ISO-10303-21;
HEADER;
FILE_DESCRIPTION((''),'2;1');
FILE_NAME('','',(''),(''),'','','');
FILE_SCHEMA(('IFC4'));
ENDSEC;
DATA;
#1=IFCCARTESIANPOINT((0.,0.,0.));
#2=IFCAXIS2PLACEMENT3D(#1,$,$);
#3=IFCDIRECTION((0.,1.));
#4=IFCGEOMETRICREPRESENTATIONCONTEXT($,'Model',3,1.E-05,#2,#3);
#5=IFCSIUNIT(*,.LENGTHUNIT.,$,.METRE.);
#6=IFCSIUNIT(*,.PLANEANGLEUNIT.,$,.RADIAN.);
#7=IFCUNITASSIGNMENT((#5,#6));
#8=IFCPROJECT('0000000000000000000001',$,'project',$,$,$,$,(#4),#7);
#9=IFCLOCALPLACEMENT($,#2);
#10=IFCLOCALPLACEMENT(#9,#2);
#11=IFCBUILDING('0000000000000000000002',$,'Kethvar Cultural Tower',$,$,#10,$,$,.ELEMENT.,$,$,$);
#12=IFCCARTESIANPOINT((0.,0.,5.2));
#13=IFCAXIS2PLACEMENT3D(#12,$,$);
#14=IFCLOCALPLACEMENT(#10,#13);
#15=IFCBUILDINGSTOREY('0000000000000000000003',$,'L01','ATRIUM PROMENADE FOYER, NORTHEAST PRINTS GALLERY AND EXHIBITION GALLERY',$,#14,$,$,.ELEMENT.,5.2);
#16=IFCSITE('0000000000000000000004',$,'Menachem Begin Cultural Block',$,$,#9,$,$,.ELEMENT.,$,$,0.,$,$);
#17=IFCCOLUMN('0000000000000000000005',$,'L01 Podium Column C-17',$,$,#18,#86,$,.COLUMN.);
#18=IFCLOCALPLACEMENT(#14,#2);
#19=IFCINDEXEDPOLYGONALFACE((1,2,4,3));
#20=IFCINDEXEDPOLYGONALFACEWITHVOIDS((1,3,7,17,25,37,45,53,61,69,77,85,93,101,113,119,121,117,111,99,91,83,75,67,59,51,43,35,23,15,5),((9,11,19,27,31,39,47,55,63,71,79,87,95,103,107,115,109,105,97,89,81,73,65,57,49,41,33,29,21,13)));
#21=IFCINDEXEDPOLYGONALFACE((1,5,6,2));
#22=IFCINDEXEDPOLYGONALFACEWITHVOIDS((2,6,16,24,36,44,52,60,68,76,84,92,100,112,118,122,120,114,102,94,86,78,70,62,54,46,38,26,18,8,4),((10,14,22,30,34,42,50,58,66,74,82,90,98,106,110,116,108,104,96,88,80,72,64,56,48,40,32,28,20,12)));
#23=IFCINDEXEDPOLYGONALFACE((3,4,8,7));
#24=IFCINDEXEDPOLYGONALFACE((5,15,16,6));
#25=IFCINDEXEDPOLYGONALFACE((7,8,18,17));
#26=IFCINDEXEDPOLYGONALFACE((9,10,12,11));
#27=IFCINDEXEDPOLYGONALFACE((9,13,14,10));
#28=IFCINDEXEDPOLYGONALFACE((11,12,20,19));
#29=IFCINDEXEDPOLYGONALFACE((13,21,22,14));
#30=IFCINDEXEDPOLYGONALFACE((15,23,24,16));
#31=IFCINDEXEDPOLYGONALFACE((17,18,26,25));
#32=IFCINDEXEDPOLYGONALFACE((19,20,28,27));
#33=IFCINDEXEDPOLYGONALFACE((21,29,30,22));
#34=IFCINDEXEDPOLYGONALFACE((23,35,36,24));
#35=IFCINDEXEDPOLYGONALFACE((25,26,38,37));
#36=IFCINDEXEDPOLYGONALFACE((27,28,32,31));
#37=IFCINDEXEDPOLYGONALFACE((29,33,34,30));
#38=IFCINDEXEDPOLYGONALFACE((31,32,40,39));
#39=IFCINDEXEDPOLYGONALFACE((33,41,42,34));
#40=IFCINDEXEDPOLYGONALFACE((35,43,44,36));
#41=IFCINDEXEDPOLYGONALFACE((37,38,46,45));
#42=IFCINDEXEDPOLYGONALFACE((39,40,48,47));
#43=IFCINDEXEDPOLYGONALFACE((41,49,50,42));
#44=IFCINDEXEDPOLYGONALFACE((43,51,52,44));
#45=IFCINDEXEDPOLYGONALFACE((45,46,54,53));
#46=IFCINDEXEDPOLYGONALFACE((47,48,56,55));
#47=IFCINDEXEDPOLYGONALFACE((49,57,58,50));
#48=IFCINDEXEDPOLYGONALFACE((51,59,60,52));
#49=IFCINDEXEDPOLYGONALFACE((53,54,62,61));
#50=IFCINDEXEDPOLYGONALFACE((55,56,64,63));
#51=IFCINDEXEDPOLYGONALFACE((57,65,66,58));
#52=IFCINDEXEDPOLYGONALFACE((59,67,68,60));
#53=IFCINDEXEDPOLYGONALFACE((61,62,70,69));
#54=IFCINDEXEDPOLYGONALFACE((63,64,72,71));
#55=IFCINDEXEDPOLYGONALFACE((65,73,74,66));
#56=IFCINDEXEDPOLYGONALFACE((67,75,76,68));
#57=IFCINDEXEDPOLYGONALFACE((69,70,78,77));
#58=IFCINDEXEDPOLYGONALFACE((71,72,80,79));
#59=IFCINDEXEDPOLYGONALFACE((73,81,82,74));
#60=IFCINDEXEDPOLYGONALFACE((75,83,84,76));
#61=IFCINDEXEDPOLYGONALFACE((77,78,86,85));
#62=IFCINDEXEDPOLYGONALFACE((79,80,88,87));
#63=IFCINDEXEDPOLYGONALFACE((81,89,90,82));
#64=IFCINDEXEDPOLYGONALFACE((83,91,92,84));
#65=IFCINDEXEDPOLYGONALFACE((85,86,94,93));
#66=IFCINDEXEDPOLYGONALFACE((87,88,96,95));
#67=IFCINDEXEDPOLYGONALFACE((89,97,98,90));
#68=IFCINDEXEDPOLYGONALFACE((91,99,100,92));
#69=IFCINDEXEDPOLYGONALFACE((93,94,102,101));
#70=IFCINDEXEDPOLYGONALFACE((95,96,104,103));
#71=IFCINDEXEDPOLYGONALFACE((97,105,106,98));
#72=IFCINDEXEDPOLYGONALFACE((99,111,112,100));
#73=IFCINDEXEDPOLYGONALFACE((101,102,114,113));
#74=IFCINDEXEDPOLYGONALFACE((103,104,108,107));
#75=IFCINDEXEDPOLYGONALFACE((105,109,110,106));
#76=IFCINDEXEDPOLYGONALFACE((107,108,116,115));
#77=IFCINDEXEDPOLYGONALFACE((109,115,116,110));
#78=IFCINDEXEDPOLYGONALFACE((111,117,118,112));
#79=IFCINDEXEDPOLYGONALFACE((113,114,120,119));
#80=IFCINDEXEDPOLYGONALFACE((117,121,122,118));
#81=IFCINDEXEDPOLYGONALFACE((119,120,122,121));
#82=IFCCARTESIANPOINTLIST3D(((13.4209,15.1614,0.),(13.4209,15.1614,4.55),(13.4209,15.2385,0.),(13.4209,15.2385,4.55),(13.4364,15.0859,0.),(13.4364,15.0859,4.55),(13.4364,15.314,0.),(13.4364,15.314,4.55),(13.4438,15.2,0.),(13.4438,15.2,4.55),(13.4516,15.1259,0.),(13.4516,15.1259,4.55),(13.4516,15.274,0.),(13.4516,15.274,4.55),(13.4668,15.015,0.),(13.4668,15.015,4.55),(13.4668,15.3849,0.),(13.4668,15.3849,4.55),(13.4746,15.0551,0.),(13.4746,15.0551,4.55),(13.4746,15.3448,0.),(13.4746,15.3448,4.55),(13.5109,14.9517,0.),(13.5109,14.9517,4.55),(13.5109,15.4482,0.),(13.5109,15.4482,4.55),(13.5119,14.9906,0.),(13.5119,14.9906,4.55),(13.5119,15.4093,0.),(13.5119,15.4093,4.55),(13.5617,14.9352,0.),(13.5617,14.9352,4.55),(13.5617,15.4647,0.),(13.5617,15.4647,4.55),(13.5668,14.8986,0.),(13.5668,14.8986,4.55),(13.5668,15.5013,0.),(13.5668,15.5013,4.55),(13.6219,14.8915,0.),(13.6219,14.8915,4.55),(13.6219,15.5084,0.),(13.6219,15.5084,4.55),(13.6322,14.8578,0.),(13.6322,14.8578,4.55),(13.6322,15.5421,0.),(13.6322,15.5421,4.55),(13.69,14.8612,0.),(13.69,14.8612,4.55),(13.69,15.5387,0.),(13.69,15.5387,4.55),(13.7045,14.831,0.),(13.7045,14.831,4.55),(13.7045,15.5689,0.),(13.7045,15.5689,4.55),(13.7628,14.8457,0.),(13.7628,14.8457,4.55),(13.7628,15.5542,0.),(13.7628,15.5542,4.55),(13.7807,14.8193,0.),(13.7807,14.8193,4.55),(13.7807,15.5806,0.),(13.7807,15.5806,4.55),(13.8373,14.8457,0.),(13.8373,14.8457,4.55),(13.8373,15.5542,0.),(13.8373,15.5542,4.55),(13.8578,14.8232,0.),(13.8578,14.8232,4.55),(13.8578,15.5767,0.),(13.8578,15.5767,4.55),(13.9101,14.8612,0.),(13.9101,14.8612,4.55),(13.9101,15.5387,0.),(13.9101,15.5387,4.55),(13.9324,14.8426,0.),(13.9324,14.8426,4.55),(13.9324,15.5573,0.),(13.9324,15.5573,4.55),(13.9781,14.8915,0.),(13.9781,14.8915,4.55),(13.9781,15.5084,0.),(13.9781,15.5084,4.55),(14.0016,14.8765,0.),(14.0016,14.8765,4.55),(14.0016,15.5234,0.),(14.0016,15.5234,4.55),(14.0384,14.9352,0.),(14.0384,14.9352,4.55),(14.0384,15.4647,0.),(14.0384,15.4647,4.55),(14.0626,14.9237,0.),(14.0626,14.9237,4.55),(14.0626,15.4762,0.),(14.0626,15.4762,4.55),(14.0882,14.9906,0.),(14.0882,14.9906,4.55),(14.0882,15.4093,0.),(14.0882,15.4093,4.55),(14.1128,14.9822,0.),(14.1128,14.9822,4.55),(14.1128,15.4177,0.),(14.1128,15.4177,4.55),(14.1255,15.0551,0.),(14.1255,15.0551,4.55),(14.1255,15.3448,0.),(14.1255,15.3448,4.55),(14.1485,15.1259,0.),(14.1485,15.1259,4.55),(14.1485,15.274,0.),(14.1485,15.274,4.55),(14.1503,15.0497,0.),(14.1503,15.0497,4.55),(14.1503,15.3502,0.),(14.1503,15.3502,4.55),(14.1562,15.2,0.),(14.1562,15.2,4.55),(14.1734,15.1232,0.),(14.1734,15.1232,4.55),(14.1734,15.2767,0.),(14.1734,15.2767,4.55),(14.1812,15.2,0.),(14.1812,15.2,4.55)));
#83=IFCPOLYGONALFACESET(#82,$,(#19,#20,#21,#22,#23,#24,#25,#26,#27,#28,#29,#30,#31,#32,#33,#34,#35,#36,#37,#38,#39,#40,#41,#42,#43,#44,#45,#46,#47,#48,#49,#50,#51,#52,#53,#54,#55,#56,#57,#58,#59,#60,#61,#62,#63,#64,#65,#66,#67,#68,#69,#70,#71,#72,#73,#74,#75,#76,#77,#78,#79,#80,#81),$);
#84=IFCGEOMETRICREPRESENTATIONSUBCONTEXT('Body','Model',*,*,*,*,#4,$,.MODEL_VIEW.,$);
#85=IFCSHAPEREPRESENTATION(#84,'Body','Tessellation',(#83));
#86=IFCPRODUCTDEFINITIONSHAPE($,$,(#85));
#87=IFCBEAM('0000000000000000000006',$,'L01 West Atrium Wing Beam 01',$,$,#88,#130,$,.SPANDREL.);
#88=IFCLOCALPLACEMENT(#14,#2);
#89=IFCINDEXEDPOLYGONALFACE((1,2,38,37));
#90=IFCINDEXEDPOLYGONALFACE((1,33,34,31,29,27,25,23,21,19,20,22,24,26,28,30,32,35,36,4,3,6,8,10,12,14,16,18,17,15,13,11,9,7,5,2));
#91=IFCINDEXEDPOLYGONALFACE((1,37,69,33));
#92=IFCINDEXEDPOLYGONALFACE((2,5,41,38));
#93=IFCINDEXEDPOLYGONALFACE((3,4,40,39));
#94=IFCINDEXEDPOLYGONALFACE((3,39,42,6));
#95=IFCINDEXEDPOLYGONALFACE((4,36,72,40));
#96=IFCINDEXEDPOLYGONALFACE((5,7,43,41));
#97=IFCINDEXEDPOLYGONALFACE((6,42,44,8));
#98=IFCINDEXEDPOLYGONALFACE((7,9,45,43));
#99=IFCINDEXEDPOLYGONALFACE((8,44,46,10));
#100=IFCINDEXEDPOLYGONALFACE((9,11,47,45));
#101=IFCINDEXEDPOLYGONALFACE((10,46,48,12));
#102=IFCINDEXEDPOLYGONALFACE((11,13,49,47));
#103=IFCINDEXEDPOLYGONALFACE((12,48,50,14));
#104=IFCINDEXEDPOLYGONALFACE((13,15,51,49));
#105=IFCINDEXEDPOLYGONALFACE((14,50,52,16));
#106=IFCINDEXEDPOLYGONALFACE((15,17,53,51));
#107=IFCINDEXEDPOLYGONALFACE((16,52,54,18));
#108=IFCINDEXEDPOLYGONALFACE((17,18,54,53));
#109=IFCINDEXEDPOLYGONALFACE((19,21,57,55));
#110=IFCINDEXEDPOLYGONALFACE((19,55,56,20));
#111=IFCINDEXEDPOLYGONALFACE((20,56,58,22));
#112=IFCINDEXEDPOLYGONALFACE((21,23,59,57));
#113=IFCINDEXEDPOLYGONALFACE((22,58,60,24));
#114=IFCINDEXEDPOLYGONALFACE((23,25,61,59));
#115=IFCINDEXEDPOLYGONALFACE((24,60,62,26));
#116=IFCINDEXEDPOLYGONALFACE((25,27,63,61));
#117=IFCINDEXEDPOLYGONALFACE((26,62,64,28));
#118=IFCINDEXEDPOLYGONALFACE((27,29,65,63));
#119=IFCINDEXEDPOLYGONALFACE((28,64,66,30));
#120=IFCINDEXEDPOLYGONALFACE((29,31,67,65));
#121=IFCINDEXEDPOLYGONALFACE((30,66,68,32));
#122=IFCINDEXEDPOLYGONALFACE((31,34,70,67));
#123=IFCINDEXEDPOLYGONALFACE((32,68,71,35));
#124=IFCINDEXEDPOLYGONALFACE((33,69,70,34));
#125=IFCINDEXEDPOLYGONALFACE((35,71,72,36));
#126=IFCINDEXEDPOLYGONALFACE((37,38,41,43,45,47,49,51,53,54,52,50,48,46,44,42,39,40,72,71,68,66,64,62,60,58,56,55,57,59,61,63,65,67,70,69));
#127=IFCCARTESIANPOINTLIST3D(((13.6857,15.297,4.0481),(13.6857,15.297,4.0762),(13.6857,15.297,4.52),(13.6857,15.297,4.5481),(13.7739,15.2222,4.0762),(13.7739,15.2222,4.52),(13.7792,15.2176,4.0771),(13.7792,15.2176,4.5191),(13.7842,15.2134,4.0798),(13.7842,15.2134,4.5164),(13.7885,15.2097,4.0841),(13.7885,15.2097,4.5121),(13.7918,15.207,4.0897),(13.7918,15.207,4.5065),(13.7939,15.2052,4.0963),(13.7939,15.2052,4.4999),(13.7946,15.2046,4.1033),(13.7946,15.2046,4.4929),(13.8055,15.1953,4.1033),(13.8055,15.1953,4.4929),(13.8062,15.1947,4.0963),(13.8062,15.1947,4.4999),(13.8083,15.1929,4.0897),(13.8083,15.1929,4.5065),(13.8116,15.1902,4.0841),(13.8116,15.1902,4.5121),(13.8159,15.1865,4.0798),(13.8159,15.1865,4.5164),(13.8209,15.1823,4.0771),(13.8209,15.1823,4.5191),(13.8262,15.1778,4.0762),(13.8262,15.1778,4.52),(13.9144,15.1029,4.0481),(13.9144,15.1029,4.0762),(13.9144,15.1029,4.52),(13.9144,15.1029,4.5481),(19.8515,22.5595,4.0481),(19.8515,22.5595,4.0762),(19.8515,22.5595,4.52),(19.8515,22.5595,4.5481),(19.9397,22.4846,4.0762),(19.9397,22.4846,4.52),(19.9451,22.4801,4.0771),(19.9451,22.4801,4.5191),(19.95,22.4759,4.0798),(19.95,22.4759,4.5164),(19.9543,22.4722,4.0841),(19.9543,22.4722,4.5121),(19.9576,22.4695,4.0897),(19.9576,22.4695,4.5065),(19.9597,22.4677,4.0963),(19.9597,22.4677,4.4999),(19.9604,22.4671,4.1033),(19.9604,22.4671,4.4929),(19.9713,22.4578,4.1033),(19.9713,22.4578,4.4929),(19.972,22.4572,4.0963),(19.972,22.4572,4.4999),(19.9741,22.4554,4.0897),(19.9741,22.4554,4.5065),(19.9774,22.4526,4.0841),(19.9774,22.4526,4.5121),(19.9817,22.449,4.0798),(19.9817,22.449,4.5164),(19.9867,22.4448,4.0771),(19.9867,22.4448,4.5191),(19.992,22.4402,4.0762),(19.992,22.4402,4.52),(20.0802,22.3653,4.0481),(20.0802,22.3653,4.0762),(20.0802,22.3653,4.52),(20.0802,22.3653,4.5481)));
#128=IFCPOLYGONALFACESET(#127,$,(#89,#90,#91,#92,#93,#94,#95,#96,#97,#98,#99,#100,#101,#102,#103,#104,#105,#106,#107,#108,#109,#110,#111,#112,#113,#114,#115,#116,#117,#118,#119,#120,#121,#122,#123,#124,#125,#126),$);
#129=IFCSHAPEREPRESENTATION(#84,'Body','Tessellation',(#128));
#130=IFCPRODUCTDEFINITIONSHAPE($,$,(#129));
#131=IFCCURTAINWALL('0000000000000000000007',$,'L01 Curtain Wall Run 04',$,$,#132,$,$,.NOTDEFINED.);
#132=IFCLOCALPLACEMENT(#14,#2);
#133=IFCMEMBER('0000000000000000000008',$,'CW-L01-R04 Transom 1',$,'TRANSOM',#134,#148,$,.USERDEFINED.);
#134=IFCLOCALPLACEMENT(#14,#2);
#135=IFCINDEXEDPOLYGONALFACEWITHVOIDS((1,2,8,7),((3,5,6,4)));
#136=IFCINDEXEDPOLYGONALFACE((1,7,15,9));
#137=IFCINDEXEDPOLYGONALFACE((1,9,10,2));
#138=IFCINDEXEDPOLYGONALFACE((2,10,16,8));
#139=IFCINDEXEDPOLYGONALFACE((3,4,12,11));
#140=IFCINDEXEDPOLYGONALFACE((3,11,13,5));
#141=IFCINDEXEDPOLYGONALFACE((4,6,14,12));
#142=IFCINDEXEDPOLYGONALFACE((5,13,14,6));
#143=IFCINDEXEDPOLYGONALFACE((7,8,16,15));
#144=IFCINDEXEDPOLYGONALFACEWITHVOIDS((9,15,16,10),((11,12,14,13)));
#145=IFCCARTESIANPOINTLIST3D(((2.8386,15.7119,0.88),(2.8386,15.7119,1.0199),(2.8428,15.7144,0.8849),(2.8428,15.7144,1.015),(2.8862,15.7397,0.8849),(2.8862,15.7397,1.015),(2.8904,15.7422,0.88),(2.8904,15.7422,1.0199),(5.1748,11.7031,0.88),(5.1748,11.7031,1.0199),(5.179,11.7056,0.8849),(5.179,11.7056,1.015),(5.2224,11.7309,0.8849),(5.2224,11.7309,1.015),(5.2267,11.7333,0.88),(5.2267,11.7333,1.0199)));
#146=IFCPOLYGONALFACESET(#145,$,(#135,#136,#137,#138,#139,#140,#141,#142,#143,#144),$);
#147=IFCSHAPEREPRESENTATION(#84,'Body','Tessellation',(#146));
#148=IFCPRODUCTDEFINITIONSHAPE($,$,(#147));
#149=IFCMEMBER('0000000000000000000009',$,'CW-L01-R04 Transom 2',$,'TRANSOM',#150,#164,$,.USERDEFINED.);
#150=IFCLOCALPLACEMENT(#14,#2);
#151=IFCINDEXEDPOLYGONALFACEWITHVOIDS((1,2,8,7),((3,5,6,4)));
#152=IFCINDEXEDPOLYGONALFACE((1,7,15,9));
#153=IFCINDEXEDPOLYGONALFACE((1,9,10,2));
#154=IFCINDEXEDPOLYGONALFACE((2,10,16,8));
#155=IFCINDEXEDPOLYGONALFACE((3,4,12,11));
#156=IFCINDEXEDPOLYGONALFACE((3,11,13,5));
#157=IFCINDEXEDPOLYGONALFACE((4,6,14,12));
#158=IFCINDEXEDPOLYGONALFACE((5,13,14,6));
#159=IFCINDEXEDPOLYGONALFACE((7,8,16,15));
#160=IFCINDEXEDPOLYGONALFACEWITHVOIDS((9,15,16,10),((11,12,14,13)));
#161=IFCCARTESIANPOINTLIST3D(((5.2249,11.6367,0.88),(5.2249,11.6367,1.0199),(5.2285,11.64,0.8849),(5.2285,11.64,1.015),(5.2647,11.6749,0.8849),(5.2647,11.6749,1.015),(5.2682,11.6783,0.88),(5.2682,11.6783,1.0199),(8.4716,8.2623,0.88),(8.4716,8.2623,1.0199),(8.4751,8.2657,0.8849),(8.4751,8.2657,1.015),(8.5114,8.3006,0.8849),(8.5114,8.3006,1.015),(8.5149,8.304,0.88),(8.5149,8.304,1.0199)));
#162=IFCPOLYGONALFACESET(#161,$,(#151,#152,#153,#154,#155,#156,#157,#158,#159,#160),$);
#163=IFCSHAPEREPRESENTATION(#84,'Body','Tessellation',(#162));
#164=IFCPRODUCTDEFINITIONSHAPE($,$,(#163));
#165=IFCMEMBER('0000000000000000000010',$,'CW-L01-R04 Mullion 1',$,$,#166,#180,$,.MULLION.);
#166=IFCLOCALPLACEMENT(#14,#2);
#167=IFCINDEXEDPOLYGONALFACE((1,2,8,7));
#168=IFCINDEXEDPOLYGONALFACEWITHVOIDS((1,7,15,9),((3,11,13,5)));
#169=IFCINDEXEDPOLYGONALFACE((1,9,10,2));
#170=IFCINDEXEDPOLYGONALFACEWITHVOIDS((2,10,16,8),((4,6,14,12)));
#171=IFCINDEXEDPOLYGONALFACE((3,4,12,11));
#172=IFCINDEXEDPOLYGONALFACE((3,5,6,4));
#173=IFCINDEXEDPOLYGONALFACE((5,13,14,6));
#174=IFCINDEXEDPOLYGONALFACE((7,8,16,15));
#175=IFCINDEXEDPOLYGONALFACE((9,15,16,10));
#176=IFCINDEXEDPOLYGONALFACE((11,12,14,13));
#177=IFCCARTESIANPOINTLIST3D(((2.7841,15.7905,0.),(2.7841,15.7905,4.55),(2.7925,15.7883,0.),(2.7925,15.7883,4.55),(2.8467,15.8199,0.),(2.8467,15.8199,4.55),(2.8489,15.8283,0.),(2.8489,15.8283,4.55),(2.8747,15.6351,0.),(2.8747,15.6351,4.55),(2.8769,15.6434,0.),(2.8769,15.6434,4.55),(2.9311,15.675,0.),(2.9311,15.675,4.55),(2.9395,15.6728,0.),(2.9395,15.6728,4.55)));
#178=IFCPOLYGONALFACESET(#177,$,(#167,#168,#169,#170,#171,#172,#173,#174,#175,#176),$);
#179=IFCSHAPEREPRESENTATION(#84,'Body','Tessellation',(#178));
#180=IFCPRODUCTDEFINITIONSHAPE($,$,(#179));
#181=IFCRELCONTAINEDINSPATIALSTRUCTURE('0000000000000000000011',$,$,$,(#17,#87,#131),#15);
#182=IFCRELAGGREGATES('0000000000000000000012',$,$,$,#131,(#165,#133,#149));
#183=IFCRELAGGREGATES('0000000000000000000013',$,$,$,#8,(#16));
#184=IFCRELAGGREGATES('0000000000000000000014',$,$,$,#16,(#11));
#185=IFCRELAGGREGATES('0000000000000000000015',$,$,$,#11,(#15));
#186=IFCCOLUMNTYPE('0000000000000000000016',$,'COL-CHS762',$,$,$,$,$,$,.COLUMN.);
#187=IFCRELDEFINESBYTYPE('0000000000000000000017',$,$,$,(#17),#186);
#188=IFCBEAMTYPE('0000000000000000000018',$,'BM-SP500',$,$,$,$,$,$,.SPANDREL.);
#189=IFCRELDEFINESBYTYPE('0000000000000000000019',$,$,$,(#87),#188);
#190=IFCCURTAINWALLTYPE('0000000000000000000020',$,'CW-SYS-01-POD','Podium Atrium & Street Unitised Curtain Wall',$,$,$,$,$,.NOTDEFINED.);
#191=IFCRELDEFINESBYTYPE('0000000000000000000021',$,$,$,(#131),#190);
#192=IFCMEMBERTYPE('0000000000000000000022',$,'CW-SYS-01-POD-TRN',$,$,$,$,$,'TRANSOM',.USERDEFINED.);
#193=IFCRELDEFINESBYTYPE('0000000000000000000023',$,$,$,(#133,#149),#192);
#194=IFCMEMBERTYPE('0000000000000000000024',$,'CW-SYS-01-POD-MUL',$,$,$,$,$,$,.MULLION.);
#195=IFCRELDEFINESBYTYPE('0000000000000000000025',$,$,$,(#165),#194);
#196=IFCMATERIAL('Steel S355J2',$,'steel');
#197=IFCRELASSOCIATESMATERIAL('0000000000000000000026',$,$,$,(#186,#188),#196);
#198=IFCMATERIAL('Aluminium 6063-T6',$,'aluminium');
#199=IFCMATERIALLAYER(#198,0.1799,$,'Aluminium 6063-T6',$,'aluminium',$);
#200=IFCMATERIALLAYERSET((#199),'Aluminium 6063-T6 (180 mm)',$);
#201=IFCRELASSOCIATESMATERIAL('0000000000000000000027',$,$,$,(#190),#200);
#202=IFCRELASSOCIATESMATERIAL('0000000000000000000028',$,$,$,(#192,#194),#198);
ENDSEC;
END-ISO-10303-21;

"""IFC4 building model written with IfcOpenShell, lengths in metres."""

from ifc_helpers import new_model, si_unit, direction, frame, origin, origin_2d, place, context, subcontext, project, spatial, hollow_rectangle, hollow_circle, i_section, extrude, source, transform, mapped, material, layer, layer_set, material_profile, profile_set, type_object, element, aggregate, save


model = new_model("IFC4")

# Units and contexts
model_context = context("Model", 3, precision=1e-05, world=origin(), true_north=direction((0.0, 1.0)))
body_context = subcontext(model_context, "Body", "Model", "MODEL_VIEW")
ifc_project = project(units=[si_unit("LENGTHUNIT", "METRE"), si_unit("PLANEANGLEUNIT", "RADIAN")], contexts=[model_context])

# Site, building, storey
site_placement = place(None, origin())
site = spatial("IfcSite", under=ifc_project, at=site_placement, Name="Menachem Begin Cultural Block", CompositionType="ELEMENT", RefElevation=0.0)
building_placement = place(site_placement, origin())
building = spatial("IfcBuilding", under=site, at=building_placement, Name="Kethvar Cultural Tower", CompositionType="ELEMENT")
storey_placement = place(building_placement, frame((0.0, 0.0, 5.2)))
storey = spatial("IfcBuildingStorey", under=building, at=storey_placement, Name="L01", Description="ATRIUM PROMENADE FOYER, NORTHEAST PRINTS GALLERY AND EXHIBITION GALLERY", CompositionType="ELEMENT", Elevation=5.2)

# Column
ifc_material_1 = material(Name="Steel S355J2", Category="steel")
ifc_material_profile_1 = material_profile(ifc_material_1, hollow_circle(Radius=0.3811, WallThickness=0.0249, at=origin_2d()), Name="Steel S355J2 — CHS762x25")
ifc_profile_set_1 = profile_set([ifc_material_profile_1], Name="Steel S355J2 — CHS762x25")
column_type = type_object("IfcColumnType", Name="COL-CHS762", PredefinedType="COLUMN", material=ifc_profile_set_1)
shared_shape_1 = source(origin(), body_context, "Body", "SweptSolid", [
    extrude(hollow_circle(Radius=0.3811, WallThickness=0.0249, at=origin_2d()), origin(), (0.0, 0.0, 1.0), 4.55),
])
column_placement = place(storey_placement, frame((13.8, 15.2, 0.0), z_axis=(0.0, 0.0, 1.0), x_axis=(1.0, 0.0, 0.0)))
element("IfcColumn", 1, at=column_placement, inside=storey, type_object=column_type, Name="L01 Podium Column C-17", PredefinedType="COLUMN", context=body_context, shape_type="MappedRepresentation", body=[
    mapped(shared_shape_1, transform((0.0, 0.0, 0.0), scale=1.0)),
])

# Beam
ifc_material_profile_2 = material_profile(ifc_material_1, i_section(OverallWidth=0.3, OverallDepth=0.5, WebThickness=0.0144, FlangeThickness=0.0281, FilletRadius=0.0271, at=origin_2d()), Name="Steel S355J2 — HEB500")
ifc_profile_set_2 = profile_set([ifc_material_profile_2], Name="Steel S355J2 — HEB500")
beam_type = type_object("IfcBeamType", Name="BM-SP500", PredefinedType="SPANDREL", material=ifc_profile_set_2)
shared_shape_2 = source(origin(), body_context, "Body", "SweptSolid", [
    extrude(i_section(OverallWidth=0.3, OverallDepth=0.5, WebThickness=0.0144, FlangeThickness=0.0281, FilletRadius=0.0271, at=origin_2d()), origin(), (0.0, 0.0, 1.0), 9.5269),
])
beam_placement = place(storey_placement, frame((13.8, 15.2, 4.2981), z_axis=(0.647203, 0.762318, 0.0), x_axis=(-0.762318, 0.647203, 0.0)))
element("IfcBeam", 2, at=beam_placement, inside=storey, type_object=beam_type, Name="L01 West Atrium Wing Beam 01", PredefinedType="SPANDREL", context=body_context, shape_type="MappedRepresentation", body=[
    mapped(shared_shape_2, transform((0.0, 0.0, 0.0), scale=1.0)),
])

# Curtain wall, members
ifc_material_2 = material(Name="Aluminium 6063-T6", Category="aluminium")
ifc_layer_1 = layer(ifc_material_2, 0.1799, Name="Aluminium 6063-T6", Category="aluminium")
ifc_layer_set_1 = layer_set([ifc_layer_1], Name="Aluminium 6063-T6 (180 mm)")
curtain_wall_type = type_object("IfcCurtainWallType", Name="CW-SYS-01-POD", Description="Podium Atrium & Street Unitised Curtain Wall", PredefinedType="NOTDEFINED", material=ifc_layer_set_1)
curtain_wall_placement = place(storey_placement, origin())
curtain_wall = element("IfcCurtainWall", 3, at=curtain_wall_placement, inside=storey, type_object=curtain_wall_type, Name="L01 Curtain Wall Run 04", PredefinedType="NOTDEFINED")
ifc_material_profile_3 = material_profile(ifc_material_2, hollow_rectangle(XDim=0.0601, YDim=0.1399, WallThickness=0.0049, at=origin_2d()), Name="Aluminium 6063-T6 — RHS140x60x5")
ifc_profile_set_3 = profile_set([ifc_material_profile_3], Name="Aluminium 6063-T6 — RHS140x60x5")
member_type_1 = type_object("IfcMemberType", Name="CW-SYS-01-POD-TRN", ElementType="TRANSOM", PredefinedType="USERDEFINED", material=ifc_profile_set_3)
shared_shape_3 = source(origin(), body_context, "Body", "SweptSolid", [
    extrude(hollow_rectangle(XDim=0.0601, YDim=0.1399, WallThickness=0.0049, at=origin_2d()), origin(), (0.0, 0.0, 1.0), 4.6399),
])
member_1_placement = place(storey_placement, frame((2.8645, 15.7271, 0.95), z_axis=(0.503505, -0.863993, 0.0), x_axis=(0.863993, 0.503505, 0.0)))
member_1 = element("IfcMember", 4, at=member_1_placement, type_object=member_type_1, Name="CW-L01-R04 Transom 1", ObjectType="TRANSOM", PredefinedType="USERDEFINED", context=body_context, shape_type="MappedRepresentation", body=[
    mapped(shared_shape_3, transform((0.0, 0.0, 0.0), scale=1.0)),
])
shared_shape_4 = source(origin(), body_context, "Body", "SweptSolid", [
    extrude(hollow_rectangle(XDim=0.0601, YDim=0.1399, WallThickness=0.0049, at=origin_2d()), origin(), (0.0, 0.0, 1.0), 4.6826),
])
member_2_placement = place(storey_placement, frame((5.2466, 11.6575, 0.95), z_axis=(0.693341, -0.72061, 0.0), x_axis=(0.72061, 0.693341, 0.0)))
member_2 = element("IfcMember", 5, at=member_2_placement, type_object=member_type_1, Name="CW-L01-R04 Transom 2", ObjectType="TRANSOM", PredefinedType="USERDEFINED", context=body_context, shape_type="MappedRepresentation", body=[
    mapped(shared_shape_4, transform((0.0, 0.0, 0.0), scale=1.0)),
])
ifc_material_profile_4 = material_profile(ifc_material_2, hollow_rectangle(XDim=0.075, YDim=0.1799, WallThickness=0.0061, at=origin_2d()), Name="Aluminium 6063-T6 — RHS180x75x6")
ifc_profile_set_4 = profile_set([ifc_material_profile_4], Name="Aluminium 6063-T6 — RHS180x75x6")
member_type_2 = type_object("IfcMemberType", Name="CW-SYS-01-POD-MUL", PredefinedType="MULLION", material=ifc_profile_set_4)
shared_shape_5 = source(origin(), body_context, "Body", "SweptSolid", [
    extrude(hollow_rectangle(XDim=0.075, YDim=0.1799, WallThickness=0.0061, at=origin_2d()), origin(), (0.0, 0.0, 1.0), 4.55),
])
member_3_placement = place(storey_placement, frame((2.8618, 15.7317, 0.0), z_axis=(0.0, 0.0, 1.0), x_axis=(0.863985, 0.503518, 0.0)))
member_3 = element("IfcMember", 6, at=member_3_placement, type_object=member_type_2, Name="CW-L01-R04 Mullion 1", PredefinedType="MULLION", context=body_context, shape_type="MappedRepresentation", body=[
    mapped(shared_shape_5, transform((0.0, 0.0, 0.0), scale=1.0)),
])
aggregate(curtain_wall, [member_3, member_1, member_2])

save(model, "model.ifc")
